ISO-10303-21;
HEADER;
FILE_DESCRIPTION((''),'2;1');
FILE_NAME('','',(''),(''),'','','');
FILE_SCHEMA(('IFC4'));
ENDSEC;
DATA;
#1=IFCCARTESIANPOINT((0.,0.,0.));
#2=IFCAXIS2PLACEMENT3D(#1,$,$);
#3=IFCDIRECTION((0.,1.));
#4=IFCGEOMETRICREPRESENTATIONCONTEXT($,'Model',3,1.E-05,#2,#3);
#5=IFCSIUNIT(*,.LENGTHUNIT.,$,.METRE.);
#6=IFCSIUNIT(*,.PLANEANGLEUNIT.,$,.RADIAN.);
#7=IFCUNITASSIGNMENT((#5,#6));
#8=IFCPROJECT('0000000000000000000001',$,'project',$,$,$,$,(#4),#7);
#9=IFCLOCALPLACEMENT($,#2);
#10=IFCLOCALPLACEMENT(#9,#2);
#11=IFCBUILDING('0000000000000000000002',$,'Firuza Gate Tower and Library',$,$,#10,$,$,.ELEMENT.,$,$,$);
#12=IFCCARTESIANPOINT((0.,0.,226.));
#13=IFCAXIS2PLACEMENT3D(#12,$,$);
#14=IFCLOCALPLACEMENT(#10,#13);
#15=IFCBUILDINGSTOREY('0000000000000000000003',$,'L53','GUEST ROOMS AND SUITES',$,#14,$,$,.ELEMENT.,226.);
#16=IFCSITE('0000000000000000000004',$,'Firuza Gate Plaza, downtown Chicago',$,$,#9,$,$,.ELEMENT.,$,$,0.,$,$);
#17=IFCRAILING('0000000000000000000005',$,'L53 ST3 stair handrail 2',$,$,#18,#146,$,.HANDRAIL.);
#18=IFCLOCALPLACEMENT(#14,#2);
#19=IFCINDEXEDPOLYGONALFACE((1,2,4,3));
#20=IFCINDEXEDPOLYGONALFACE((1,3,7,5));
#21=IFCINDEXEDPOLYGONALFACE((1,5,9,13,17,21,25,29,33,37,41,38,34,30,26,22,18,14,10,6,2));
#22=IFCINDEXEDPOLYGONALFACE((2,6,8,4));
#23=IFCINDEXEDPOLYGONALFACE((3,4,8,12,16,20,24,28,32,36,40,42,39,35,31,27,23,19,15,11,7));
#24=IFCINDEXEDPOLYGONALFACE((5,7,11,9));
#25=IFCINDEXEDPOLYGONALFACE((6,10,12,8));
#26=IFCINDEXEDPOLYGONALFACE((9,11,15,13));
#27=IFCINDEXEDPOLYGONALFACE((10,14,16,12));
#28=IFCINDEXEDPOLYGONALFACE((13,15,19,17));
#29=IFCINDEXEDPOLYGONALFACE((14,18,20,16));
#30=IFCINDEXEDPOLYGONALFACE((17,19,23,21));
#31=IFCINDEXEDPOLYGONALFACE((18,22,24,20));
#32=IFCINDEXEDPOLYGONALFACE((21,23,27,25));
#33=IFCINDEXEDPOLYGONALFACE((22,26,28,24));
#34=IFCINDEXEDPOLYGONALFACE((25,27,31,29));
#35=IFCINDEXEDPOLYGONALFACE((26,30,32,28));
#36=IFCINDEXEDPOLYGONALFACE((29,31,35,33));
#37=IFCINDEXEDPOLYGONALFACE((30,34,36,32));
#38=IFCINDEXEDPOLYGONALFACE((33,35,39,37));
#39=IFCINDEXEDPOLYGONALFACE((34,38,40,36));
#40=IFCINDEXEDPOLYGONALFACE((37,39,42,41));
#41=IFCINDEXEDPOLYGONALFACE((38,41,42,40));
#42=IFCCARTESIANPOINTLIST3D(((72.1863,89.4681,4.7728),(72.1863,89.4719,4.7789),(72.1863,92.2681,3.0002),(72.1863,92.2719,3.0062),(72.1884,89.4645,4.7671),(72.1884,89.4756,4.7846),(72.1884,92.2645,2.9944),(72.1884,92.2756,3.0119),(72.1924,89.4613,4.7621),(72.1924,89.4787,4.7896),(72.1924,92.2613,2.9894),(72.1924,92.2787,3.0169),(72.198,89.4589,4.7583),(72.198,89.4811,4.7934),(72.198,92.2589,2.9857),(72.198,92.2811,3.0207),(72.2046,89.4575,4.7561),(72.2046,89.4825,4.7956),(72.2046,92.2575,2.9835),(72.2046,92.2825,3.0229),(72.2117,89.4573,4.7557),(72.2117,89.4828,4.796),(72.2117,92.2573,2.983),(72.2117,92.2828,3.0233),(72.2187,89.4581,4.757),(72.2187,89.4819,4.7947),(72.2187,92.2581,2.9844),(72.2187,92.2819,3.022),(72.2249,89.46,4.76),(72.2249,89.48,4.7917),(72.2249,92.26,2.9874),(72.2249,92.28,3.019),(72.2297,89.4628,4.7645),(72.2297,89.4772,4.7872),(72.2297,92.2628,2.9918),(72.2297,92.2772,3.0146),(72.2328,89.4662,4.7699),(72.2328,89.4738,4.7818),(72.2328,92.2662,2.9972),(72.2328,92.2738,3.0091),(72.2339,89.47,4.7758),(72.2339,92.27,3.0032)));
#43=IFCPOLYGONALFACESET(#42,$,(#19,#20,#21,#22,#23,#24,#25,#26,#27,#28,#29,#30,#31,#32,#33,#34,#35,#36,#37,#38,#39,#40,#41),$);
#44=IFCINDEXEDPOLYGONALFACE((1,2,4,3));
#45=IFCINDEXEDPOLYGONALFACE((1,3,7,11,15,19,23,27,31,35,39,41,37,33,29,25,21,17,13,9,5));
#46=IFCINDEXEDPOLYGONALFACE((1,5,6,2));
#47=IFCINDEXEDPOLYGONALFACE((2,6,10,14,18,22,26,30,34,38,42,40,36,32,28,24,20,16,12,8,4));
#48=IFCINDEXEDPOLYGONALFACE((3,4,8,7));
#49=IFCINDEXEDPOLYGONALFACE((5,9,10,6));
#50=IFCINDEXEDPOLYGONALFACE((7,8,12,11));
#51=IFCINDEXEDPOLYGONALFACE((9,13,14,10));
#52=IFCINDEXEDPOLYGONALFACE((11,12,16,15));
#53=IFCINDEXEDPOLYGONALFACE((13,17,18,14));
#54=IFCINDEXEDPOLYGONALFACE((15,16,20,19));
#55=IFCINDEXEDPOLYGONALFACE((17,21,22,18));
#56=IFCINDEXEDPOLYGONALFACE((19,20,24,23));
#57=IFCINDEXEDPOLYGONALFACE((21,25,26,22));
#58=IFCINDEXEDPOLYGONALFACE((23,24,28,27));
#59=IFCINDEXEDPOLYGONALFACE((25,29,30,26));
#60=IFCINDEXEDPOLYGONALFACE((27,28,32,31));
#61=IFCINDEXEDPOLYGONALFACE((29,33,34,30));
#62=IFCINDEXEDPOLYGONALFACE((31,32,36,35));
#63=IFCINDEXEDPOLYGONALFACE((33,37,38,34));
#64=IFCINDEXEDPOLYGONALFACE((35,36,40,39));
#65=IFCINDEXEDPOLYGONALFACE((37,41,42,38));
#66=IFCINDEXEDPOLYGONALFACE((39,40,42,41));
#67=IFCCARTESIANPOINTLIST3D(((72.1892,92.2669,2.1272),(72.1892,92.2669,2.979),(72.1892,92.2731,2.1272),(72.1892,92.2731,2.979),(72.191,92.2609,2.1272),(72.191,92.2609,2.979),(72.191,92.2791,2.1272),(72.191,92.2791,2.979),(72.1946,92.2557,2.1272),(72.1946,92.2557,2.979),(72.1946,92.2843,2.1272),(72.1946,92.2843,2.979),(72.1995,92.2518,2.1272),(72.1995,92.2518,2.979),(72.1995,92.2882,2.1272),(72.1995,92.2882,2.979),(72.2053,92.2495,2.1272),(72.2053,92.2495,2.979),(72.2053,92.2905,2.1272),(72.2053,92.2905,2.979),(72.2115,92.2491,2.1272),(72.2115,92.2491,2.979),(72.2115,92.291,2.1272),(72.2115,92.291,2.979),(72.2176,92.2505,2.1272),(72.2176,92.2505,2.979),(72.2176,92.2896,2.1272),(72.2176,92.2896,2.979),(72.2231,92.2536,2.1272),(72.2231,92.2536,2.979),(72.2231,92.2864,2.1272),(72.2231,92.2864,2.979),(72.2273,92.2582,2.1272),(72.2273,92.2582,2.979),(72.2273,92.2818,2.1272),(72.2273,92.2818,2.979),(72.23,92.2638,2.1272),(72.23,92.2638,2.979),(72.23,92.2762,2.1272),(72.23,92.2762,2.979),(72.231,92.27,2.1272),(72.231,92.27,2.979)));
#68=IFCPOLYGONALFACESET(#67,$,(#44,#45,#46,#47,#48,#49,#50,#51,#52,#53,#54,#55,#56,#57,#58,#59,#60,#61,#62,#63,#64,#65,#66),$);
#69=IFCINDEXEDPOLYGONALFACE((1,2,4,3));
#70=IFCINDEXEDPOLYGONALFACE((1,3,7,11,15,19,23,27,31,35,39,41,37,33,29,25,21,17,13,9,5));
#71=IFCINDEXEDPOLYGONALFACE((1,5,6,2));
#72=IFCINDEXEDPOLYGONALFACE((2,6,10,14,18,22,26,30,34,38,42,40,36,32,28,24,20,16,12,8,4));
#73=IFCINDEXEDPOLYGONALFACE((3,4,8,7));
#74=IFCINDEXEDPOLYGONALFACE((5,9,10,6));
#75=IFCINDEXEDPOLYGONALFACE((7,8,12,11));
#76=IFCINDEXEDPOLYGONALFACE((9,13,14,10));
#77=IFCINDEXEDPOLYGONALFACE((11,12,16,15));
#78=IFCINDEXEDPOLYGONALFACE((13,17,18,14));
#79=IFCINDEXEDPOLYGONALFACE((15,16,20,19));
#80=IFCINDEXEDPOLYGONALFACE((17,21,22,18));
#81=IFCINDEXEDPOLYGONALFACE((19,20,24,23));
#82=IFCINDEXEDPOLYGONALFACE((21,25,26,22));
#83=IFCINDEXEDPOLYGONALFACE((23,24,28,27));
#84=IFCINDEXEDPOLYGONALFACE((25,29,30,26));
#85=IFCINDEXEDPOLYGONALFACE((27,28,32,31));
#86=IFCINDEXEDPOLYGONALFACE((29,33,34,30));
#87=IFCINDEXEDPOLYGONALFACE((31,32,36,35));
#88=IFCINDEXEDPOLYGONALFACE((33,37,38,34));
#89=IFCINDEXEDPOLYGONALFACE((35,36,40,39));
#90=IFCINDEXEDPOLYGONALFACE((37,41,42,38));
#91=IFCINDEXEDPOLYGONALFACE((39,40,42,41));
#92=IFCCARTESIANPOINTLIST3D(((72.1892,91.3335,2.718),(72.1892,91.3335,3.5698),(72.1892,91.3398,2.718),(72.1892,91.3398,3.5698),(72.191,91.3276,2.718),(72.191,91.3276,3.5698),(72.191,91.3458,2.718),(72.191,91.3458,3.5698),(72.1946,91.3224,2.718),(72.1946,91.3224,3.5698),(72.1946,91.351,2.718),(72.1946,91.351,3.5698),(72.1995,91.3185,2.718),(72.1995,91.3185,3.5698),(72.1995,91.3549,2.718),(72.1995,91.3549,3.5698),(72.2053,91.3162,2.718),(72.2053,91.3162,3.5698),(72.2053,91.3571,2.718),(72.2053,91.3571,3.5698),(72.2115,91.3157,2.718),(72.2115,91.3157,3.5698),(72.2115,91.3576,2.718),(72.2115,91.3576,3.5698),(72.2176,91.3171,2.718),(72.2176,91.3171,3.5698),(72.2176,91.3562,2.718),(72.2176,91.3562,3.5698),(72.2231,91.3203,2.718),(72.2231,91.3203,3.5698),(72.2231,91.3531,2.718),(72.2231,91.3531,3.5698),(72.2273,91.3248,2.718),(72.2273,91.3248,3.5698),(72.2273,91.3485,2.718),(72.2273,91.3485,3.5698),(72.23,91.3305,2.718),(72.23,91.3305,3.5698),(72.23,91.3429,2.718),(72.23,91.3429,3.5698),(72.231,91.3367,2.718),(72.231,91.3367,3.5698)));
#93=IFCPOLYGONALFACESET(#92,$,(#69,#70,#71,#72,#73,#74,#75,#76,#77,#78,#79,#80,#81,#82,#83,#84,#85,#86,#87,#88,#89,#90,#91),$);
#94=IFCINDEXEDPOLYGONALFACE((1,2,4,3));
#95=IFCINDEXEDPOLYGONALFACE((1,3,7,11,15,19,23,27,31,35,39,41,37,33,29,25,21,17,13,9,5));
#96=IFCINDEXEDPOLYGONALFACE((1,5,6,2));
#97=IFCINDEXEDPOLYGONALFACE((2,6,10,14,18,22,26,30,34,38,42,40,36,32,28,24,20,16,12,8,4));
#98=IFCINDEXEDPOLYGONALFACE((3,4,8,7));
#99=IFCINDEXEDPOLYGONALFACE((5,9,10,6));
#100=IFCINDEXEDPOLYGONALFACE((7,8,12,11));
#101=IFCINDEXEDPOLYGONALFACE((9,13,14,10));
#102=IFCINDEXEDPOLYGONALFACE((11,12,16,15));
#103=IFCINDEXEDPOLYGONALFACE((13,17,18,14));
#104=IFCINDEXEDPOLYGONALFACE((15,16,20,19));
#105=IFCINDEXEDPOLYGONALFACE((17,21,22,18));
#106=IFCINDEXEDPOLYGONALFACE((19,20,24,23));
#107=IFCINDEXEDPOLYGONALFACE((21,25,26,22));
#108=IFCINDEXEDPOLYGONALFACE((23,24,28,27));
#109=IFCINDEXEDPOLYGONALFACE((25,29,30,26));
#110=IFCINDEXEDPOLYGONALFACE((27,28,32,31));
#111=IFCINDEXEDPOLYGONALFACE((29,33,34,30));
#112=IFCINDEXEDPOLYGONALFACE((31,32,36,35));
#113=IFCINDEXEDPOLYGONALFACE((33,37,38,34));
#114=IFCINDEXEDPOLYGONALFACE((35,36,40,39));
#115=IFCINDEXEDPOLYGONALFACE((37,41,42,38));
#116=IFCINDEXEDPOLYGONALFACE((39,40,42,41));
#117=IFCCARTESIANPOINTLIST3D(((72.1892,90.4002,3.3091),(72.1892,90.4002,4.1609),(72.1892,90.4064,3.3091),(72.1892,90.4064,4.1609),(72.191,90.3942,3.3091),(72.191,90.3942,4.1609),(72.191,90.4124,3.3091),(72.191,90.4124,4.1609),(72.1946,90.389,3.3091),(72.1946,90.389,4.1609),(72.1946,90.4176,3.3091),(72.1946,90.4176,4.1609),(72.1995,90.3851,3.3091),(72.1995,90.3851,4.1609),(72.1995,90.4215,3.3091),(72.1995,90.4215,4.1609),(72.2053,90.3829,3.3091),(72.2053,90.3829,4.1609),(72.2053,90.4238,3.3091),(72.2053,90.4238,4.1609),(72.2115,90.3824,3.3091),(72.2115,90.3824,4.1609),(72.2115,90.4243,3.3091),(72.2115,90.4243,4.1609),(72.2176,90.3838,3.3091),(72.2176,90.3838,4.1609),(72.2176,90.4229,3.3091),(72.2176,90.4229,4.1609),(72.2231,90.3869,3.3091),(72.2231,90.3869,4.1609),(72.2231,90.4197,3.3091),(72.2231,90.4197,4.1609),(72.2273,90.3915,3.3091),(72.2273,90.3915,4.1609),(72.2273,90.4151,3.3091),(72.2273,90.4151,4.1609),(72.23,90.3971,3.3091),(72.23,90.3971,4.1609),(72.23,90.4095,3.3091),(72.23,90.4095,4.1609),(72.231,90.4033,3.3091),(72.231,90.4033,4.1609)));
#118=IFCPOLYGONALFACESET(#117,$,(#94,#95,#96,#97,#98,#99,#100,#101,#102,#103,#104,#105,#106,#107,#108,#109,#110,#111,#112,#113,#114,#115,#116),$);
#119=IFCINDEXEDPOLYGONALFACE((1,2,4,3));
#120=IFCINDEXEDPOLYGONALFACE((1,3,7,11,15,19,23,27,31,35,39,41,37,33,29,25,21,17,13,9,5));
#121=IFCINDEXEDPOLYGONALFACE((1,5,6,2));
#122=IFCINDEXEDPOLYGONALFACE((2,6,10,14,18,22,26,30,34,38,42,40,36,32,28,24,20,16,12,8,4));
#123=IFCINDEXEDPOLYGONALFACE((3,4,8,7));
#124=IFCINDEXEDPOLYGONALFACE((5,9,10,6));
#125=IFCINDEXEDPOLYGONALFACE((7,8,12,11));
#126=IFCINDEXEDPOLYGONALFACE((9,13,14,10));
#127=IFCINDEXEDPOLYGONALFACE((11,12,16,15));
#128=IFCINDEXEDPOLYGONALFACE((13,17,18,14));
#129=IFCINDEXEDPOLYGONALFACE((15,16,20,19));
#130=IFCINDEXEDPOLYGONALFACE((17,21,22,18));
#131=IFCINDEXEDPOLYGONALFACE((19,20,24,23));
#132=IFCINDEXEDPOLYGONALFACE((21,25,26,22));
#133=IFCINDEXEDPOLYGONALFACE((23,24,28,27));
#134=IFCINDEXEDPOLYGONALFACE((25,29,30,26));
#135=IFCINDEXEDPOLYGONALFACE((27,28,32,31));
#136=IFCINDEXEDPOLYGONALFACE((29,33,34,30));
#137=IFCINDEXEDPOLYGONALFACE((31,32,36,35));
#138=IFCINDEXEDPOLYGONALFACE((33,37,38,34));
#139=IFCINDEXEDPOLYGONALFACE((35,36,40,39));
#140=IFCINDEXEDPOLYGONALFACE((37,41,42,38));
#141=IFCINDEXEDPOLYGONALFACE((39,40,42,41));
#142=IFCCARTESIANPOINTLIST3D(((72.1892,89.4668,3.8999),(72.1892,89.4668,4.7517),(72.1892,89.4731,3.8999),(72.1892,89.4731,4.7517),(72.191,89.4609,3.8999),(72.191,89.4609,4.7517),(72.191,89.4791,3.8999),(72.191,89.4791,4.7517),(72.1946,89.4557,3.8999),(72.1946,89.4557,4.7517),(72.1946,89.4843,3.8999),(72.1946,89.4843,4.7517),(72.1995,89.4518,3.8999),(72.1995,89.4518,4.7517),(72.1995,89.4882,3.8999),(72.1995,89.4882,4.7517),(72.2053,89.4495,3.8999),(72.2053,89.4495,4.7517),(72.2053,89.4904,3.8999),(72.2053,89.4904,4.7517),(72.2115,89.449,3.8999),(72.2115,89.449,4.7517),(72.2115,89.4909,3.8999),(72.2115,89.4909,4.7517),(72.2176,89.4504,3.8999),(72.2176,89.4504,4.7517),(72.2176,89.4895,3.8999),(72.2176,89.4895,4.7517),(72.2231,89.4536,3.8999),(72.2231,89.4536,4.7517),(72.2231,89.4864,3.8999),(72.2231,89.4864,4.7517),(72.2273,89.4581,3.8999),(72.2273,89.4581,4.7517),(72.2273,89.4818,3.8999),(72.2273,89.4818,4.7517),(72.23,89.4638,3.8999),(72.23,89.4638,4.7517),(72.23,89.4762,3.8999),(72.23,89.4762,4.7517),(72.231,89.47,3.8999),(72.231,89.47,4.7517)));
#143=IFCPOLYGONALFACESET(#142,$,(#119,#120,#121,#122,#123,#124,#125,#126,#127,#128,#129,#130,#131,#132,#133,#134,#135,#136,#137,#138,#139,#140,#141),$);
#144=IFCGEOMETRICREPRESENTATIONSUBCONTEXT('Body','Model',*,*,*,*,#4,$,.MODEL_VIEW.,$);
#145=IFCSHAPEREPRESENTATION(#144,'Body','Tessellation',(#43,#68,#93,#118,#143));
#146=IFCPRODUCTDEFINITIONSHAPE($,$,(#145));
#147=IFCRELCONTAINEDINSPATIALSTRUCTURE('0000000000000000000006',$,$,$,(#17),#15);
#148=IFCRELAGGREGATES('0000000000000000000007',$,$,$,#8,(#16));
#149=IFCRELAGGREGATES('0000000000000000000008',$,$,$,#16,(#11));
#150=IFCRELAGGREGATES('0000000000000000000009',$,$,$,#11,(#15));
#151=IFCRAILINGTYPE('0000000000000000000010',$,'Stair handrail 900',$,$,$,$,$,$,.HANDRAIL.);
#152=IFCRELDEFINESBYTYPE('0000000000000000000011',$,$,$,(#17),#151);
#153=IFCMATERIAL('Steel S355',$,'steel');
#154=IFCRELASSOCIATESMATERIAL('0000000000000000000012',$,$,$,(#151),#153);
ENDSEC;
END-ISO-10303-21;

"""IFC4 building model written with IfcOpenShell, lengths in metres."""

from ifc_helpers import new_model, si_unit, direction, frame, origin, origin_2d, place, context, subcontext, project, spatial, circle, extrude, material, type_object, element, save


model = new_model("IFC4")

# Units and contexts
model_context = context("Model", 3, precision=1e-05, world=origin(), true_north=direction((0.0, 1.0)))
body_context = subcontext(model_context, "Body", "Model", "MODEL_VIEW")
ifc_project = project(units=[si_unit("LENGTHUNIT", "METRE"), si_unit("PLANEANGLEUNIT", "RADIAN")], contexts=[model_context])

# Site, building, storey
site_placement = place(None, origin())
site = spatial("IfcSite", under=ifc_project, at=site_placement, Name="Firuza Gate Plaza, downtown Chicago", CompositionType="ELEMENT", RefElevation=0.0)
building_placement = place(site_placement, origin())
building = spatial("IfcBuilding", under=site, at=building_placement, Name="Firuza Gate Tower and Library", CompositionType="ELEMENT")
storey_placement = place(building_placement, frame((0.0, 0.0, 226.0)))
storey = spatial("IfcBuildingStorey", under=building, at=storey_placement, Name="L53", Description="GUEST ROOMS AND SUITES", CompositionType="ELEMENT", Elevation=226.0)

# Railing
ifc_material_1 = material(Name="Steel S355", Category="steel")
railing_type_1 = type_object("IfcRailingType", Name="Stair handrail 900", PredefinedType="HANDRAIL", material=ifc_material_1)
railing_1_placement = place(storey_placement, frame((72.21, 92.27, 2.1272)))
element("IfcRailing", 1, at=railing_1_placement, inside=storey, type_object=railing_type_1, Name="L53 ST3 stair handrail 2", PredefinedType="HANDRAIL", context=body_context, shape_type="SweptSolid", body=[
    extrude(circle(Radius=0.0239, at=origin_2d()), frame((0.0, 0.0, 0.876), z_axis=(0.0, -0.844909, 0.53491), x_axis=(1.0, 0.0, 0.0)), (0.0, 0.0, 1.0), 3.314),
    extrude(circle(Radius=0.021, at=origin_2d()), origin(), (0.0, 0.0, 1.0), 0.8518),
    extrude(circle(Radius=0.021, at=origin_2d()), frame((0.0, -0.9333, 0.5908)), (0.0, 0.0, 1.0), 0.8518),
    extrude(circle(Radius=0.021, at=origin_2d()), frame((0.0, -1.8667, 1.1819)), (0.0, 0.0, 1.0), 0.8518),
    extrude(circle(Radius=0.021, at=origin_2d()), frame((0.0, -2.8, 1.7727)), (0.0, 0.0, 1.0), 0.8518),
])

save(model, "model.ifc")
